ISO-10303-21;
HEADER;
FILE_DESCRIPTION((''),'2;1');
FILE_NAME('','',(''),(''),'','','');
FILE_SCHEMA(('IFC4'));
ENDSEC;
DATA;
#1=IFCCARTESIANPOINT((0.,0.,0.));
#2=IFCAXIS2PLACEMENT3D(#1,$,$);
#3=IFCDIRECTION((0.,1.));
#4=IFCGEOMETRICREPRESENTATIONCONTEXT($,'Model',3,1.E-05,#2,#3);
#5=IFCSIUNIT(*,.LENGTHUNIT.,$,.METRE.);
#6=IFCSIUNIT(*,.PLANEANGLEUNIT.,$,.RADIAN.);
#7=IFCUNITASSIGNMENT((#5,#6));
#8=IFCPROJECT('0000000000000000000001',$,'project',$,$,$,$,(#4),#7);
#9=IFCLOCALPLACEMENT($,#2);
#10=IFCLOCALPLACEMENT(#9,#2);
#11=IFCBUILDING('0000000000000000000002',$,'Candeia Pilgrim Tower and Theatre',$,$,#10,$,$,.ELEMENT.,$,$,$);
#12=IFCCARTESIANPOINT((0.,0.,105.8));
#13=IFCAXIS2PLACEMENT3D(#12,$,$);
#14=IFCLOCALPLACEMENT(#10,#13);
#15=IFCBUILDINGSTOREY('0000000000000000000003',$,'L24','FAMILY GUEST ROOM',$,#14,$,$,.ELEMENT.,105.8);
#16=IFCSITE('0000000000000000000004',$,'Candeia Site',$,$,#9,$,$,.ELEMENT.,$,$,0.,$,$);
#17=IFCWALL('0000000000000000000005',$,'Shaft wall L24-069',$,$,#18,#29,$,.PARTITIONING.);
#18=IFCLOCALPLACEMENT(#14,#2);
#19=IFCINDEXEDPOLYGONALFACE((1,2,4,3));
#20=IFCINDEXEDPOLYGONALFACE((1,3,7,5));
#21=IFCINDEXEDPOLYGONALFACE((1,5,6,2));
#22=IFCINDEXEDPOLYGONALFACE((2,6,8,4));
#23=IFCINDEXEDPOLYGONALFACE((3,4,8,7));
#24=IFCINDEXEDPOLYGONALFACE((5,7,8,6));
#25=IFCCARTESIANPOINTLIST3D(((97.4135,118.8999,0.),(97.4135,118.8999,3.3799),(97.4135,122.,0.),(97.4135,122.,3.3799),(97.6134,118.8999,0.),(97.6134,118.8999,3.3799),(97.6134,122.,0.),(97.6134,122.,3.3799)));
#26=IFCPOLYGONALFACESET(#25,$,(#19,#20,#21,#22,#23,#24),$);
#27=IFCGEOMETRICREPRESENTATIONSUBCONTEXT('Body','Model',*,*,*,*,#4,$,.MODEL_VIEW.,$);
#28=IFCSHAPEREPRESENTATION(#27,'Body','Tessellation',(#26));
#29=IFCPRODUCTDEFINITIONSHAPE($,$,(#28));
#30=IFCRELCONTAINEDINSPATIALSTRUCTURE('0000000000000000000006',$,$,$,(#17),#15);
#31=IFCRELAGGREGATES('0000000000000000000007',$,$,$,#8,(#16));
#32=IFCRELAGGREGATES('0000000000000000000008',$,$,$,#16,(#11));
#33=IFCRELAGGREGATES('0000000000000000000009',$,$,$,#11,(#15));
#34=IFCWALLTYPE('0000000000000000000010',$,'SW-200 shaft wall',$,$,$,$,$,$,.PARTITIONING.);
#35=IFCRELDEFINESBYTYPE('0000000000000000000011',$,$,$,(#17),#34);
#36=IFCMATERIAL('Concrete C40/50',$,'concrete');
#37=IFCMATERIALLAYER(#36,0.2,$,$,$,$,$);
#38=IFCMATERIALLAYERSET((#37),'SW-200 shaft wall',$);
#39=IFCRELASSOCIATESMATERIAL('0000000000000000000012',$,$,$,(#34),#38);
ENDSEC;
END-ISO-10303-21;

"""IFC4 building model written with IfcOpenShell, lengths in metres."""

from ifc_helpers import new_model, si_unit, direction, frame, frame_2d, origin, place, context, subcontext, project, spatial, rectangle, extrude, material, layer, layer_set, type_object, element, save


model = new_model("IFC4")

# Units and contexts
model_context = context("Model", 3, precision=1e-05, world=origin(), true_north=direction((0.0, 1.0)))
body_context = subcontext(model_context, "Body", "Model", "MODEL_VIEW")
ifc_project = project(units=[si_unit("LENGTHUNIT", "METRE"), si_unit("PLANEANGLEUNIT", "RADIAN")], contexts=[model_context])

# Site, building, storey
site_placement = place(None, origin())
site = spatial("IfcSite", under=ifc_project, at=site_placement, Name="Candeia Site", CompositionType="ELEMENT", RefElevation=0.0)
building_placement = place(site_placement, origin())
building = spatial("IfcBuilding", under=site, at=building_placement, Name="Candeia Pilgrim Tower and Theatre", CompositionType="ELEMENT")
storey_placement = place(building_placement, frame((0.0, 0.0, 105.8)))
storey = spatial("IfcBuildingStorey", under=building, at=storey_placement, Name="L24", Description="FAMILY GUEST ROOM", CompositionType="ELEMENT", Elevation=105.8)

# Wall
ifc_material_1 = material(Name="Concrete C40/50", Category="concrete")
ifc_layer_1 = layer(ifc_material_1, 0.2)
ifc_layer_set_1 = layer_set([ifc_layer_1], Name="SW-200 shaft wall")
wall_type_1 = type_object("IfcWallType", Name="SW-200 shaft wall", PredefinedType="PARTITIONING", material=ifc_layer_set_1)
wall_1_placement = place(storey_placement, frame((97.5134, 118.8999, 0.0), z_axis=(0.0, 0.0, 1.0), x_axis=(0.0, 1.0, 0.0)))
element("IfcWall", 1, at=wall_1_placement, inside=storey, type_object=wall_type_1, Name="Shaft wall L24-069", PredefinedType="PARTITIONING", context=body_context, shape_type="SweptSolid", body=[
    extrude(rectangle(XDim=3.1001, YDim=0.2, at=frame_2d((1.55, 0.0))), origin(), (0.0, 0.0, 1.0), 3.3799),
])

save(model, "model.ifc")
